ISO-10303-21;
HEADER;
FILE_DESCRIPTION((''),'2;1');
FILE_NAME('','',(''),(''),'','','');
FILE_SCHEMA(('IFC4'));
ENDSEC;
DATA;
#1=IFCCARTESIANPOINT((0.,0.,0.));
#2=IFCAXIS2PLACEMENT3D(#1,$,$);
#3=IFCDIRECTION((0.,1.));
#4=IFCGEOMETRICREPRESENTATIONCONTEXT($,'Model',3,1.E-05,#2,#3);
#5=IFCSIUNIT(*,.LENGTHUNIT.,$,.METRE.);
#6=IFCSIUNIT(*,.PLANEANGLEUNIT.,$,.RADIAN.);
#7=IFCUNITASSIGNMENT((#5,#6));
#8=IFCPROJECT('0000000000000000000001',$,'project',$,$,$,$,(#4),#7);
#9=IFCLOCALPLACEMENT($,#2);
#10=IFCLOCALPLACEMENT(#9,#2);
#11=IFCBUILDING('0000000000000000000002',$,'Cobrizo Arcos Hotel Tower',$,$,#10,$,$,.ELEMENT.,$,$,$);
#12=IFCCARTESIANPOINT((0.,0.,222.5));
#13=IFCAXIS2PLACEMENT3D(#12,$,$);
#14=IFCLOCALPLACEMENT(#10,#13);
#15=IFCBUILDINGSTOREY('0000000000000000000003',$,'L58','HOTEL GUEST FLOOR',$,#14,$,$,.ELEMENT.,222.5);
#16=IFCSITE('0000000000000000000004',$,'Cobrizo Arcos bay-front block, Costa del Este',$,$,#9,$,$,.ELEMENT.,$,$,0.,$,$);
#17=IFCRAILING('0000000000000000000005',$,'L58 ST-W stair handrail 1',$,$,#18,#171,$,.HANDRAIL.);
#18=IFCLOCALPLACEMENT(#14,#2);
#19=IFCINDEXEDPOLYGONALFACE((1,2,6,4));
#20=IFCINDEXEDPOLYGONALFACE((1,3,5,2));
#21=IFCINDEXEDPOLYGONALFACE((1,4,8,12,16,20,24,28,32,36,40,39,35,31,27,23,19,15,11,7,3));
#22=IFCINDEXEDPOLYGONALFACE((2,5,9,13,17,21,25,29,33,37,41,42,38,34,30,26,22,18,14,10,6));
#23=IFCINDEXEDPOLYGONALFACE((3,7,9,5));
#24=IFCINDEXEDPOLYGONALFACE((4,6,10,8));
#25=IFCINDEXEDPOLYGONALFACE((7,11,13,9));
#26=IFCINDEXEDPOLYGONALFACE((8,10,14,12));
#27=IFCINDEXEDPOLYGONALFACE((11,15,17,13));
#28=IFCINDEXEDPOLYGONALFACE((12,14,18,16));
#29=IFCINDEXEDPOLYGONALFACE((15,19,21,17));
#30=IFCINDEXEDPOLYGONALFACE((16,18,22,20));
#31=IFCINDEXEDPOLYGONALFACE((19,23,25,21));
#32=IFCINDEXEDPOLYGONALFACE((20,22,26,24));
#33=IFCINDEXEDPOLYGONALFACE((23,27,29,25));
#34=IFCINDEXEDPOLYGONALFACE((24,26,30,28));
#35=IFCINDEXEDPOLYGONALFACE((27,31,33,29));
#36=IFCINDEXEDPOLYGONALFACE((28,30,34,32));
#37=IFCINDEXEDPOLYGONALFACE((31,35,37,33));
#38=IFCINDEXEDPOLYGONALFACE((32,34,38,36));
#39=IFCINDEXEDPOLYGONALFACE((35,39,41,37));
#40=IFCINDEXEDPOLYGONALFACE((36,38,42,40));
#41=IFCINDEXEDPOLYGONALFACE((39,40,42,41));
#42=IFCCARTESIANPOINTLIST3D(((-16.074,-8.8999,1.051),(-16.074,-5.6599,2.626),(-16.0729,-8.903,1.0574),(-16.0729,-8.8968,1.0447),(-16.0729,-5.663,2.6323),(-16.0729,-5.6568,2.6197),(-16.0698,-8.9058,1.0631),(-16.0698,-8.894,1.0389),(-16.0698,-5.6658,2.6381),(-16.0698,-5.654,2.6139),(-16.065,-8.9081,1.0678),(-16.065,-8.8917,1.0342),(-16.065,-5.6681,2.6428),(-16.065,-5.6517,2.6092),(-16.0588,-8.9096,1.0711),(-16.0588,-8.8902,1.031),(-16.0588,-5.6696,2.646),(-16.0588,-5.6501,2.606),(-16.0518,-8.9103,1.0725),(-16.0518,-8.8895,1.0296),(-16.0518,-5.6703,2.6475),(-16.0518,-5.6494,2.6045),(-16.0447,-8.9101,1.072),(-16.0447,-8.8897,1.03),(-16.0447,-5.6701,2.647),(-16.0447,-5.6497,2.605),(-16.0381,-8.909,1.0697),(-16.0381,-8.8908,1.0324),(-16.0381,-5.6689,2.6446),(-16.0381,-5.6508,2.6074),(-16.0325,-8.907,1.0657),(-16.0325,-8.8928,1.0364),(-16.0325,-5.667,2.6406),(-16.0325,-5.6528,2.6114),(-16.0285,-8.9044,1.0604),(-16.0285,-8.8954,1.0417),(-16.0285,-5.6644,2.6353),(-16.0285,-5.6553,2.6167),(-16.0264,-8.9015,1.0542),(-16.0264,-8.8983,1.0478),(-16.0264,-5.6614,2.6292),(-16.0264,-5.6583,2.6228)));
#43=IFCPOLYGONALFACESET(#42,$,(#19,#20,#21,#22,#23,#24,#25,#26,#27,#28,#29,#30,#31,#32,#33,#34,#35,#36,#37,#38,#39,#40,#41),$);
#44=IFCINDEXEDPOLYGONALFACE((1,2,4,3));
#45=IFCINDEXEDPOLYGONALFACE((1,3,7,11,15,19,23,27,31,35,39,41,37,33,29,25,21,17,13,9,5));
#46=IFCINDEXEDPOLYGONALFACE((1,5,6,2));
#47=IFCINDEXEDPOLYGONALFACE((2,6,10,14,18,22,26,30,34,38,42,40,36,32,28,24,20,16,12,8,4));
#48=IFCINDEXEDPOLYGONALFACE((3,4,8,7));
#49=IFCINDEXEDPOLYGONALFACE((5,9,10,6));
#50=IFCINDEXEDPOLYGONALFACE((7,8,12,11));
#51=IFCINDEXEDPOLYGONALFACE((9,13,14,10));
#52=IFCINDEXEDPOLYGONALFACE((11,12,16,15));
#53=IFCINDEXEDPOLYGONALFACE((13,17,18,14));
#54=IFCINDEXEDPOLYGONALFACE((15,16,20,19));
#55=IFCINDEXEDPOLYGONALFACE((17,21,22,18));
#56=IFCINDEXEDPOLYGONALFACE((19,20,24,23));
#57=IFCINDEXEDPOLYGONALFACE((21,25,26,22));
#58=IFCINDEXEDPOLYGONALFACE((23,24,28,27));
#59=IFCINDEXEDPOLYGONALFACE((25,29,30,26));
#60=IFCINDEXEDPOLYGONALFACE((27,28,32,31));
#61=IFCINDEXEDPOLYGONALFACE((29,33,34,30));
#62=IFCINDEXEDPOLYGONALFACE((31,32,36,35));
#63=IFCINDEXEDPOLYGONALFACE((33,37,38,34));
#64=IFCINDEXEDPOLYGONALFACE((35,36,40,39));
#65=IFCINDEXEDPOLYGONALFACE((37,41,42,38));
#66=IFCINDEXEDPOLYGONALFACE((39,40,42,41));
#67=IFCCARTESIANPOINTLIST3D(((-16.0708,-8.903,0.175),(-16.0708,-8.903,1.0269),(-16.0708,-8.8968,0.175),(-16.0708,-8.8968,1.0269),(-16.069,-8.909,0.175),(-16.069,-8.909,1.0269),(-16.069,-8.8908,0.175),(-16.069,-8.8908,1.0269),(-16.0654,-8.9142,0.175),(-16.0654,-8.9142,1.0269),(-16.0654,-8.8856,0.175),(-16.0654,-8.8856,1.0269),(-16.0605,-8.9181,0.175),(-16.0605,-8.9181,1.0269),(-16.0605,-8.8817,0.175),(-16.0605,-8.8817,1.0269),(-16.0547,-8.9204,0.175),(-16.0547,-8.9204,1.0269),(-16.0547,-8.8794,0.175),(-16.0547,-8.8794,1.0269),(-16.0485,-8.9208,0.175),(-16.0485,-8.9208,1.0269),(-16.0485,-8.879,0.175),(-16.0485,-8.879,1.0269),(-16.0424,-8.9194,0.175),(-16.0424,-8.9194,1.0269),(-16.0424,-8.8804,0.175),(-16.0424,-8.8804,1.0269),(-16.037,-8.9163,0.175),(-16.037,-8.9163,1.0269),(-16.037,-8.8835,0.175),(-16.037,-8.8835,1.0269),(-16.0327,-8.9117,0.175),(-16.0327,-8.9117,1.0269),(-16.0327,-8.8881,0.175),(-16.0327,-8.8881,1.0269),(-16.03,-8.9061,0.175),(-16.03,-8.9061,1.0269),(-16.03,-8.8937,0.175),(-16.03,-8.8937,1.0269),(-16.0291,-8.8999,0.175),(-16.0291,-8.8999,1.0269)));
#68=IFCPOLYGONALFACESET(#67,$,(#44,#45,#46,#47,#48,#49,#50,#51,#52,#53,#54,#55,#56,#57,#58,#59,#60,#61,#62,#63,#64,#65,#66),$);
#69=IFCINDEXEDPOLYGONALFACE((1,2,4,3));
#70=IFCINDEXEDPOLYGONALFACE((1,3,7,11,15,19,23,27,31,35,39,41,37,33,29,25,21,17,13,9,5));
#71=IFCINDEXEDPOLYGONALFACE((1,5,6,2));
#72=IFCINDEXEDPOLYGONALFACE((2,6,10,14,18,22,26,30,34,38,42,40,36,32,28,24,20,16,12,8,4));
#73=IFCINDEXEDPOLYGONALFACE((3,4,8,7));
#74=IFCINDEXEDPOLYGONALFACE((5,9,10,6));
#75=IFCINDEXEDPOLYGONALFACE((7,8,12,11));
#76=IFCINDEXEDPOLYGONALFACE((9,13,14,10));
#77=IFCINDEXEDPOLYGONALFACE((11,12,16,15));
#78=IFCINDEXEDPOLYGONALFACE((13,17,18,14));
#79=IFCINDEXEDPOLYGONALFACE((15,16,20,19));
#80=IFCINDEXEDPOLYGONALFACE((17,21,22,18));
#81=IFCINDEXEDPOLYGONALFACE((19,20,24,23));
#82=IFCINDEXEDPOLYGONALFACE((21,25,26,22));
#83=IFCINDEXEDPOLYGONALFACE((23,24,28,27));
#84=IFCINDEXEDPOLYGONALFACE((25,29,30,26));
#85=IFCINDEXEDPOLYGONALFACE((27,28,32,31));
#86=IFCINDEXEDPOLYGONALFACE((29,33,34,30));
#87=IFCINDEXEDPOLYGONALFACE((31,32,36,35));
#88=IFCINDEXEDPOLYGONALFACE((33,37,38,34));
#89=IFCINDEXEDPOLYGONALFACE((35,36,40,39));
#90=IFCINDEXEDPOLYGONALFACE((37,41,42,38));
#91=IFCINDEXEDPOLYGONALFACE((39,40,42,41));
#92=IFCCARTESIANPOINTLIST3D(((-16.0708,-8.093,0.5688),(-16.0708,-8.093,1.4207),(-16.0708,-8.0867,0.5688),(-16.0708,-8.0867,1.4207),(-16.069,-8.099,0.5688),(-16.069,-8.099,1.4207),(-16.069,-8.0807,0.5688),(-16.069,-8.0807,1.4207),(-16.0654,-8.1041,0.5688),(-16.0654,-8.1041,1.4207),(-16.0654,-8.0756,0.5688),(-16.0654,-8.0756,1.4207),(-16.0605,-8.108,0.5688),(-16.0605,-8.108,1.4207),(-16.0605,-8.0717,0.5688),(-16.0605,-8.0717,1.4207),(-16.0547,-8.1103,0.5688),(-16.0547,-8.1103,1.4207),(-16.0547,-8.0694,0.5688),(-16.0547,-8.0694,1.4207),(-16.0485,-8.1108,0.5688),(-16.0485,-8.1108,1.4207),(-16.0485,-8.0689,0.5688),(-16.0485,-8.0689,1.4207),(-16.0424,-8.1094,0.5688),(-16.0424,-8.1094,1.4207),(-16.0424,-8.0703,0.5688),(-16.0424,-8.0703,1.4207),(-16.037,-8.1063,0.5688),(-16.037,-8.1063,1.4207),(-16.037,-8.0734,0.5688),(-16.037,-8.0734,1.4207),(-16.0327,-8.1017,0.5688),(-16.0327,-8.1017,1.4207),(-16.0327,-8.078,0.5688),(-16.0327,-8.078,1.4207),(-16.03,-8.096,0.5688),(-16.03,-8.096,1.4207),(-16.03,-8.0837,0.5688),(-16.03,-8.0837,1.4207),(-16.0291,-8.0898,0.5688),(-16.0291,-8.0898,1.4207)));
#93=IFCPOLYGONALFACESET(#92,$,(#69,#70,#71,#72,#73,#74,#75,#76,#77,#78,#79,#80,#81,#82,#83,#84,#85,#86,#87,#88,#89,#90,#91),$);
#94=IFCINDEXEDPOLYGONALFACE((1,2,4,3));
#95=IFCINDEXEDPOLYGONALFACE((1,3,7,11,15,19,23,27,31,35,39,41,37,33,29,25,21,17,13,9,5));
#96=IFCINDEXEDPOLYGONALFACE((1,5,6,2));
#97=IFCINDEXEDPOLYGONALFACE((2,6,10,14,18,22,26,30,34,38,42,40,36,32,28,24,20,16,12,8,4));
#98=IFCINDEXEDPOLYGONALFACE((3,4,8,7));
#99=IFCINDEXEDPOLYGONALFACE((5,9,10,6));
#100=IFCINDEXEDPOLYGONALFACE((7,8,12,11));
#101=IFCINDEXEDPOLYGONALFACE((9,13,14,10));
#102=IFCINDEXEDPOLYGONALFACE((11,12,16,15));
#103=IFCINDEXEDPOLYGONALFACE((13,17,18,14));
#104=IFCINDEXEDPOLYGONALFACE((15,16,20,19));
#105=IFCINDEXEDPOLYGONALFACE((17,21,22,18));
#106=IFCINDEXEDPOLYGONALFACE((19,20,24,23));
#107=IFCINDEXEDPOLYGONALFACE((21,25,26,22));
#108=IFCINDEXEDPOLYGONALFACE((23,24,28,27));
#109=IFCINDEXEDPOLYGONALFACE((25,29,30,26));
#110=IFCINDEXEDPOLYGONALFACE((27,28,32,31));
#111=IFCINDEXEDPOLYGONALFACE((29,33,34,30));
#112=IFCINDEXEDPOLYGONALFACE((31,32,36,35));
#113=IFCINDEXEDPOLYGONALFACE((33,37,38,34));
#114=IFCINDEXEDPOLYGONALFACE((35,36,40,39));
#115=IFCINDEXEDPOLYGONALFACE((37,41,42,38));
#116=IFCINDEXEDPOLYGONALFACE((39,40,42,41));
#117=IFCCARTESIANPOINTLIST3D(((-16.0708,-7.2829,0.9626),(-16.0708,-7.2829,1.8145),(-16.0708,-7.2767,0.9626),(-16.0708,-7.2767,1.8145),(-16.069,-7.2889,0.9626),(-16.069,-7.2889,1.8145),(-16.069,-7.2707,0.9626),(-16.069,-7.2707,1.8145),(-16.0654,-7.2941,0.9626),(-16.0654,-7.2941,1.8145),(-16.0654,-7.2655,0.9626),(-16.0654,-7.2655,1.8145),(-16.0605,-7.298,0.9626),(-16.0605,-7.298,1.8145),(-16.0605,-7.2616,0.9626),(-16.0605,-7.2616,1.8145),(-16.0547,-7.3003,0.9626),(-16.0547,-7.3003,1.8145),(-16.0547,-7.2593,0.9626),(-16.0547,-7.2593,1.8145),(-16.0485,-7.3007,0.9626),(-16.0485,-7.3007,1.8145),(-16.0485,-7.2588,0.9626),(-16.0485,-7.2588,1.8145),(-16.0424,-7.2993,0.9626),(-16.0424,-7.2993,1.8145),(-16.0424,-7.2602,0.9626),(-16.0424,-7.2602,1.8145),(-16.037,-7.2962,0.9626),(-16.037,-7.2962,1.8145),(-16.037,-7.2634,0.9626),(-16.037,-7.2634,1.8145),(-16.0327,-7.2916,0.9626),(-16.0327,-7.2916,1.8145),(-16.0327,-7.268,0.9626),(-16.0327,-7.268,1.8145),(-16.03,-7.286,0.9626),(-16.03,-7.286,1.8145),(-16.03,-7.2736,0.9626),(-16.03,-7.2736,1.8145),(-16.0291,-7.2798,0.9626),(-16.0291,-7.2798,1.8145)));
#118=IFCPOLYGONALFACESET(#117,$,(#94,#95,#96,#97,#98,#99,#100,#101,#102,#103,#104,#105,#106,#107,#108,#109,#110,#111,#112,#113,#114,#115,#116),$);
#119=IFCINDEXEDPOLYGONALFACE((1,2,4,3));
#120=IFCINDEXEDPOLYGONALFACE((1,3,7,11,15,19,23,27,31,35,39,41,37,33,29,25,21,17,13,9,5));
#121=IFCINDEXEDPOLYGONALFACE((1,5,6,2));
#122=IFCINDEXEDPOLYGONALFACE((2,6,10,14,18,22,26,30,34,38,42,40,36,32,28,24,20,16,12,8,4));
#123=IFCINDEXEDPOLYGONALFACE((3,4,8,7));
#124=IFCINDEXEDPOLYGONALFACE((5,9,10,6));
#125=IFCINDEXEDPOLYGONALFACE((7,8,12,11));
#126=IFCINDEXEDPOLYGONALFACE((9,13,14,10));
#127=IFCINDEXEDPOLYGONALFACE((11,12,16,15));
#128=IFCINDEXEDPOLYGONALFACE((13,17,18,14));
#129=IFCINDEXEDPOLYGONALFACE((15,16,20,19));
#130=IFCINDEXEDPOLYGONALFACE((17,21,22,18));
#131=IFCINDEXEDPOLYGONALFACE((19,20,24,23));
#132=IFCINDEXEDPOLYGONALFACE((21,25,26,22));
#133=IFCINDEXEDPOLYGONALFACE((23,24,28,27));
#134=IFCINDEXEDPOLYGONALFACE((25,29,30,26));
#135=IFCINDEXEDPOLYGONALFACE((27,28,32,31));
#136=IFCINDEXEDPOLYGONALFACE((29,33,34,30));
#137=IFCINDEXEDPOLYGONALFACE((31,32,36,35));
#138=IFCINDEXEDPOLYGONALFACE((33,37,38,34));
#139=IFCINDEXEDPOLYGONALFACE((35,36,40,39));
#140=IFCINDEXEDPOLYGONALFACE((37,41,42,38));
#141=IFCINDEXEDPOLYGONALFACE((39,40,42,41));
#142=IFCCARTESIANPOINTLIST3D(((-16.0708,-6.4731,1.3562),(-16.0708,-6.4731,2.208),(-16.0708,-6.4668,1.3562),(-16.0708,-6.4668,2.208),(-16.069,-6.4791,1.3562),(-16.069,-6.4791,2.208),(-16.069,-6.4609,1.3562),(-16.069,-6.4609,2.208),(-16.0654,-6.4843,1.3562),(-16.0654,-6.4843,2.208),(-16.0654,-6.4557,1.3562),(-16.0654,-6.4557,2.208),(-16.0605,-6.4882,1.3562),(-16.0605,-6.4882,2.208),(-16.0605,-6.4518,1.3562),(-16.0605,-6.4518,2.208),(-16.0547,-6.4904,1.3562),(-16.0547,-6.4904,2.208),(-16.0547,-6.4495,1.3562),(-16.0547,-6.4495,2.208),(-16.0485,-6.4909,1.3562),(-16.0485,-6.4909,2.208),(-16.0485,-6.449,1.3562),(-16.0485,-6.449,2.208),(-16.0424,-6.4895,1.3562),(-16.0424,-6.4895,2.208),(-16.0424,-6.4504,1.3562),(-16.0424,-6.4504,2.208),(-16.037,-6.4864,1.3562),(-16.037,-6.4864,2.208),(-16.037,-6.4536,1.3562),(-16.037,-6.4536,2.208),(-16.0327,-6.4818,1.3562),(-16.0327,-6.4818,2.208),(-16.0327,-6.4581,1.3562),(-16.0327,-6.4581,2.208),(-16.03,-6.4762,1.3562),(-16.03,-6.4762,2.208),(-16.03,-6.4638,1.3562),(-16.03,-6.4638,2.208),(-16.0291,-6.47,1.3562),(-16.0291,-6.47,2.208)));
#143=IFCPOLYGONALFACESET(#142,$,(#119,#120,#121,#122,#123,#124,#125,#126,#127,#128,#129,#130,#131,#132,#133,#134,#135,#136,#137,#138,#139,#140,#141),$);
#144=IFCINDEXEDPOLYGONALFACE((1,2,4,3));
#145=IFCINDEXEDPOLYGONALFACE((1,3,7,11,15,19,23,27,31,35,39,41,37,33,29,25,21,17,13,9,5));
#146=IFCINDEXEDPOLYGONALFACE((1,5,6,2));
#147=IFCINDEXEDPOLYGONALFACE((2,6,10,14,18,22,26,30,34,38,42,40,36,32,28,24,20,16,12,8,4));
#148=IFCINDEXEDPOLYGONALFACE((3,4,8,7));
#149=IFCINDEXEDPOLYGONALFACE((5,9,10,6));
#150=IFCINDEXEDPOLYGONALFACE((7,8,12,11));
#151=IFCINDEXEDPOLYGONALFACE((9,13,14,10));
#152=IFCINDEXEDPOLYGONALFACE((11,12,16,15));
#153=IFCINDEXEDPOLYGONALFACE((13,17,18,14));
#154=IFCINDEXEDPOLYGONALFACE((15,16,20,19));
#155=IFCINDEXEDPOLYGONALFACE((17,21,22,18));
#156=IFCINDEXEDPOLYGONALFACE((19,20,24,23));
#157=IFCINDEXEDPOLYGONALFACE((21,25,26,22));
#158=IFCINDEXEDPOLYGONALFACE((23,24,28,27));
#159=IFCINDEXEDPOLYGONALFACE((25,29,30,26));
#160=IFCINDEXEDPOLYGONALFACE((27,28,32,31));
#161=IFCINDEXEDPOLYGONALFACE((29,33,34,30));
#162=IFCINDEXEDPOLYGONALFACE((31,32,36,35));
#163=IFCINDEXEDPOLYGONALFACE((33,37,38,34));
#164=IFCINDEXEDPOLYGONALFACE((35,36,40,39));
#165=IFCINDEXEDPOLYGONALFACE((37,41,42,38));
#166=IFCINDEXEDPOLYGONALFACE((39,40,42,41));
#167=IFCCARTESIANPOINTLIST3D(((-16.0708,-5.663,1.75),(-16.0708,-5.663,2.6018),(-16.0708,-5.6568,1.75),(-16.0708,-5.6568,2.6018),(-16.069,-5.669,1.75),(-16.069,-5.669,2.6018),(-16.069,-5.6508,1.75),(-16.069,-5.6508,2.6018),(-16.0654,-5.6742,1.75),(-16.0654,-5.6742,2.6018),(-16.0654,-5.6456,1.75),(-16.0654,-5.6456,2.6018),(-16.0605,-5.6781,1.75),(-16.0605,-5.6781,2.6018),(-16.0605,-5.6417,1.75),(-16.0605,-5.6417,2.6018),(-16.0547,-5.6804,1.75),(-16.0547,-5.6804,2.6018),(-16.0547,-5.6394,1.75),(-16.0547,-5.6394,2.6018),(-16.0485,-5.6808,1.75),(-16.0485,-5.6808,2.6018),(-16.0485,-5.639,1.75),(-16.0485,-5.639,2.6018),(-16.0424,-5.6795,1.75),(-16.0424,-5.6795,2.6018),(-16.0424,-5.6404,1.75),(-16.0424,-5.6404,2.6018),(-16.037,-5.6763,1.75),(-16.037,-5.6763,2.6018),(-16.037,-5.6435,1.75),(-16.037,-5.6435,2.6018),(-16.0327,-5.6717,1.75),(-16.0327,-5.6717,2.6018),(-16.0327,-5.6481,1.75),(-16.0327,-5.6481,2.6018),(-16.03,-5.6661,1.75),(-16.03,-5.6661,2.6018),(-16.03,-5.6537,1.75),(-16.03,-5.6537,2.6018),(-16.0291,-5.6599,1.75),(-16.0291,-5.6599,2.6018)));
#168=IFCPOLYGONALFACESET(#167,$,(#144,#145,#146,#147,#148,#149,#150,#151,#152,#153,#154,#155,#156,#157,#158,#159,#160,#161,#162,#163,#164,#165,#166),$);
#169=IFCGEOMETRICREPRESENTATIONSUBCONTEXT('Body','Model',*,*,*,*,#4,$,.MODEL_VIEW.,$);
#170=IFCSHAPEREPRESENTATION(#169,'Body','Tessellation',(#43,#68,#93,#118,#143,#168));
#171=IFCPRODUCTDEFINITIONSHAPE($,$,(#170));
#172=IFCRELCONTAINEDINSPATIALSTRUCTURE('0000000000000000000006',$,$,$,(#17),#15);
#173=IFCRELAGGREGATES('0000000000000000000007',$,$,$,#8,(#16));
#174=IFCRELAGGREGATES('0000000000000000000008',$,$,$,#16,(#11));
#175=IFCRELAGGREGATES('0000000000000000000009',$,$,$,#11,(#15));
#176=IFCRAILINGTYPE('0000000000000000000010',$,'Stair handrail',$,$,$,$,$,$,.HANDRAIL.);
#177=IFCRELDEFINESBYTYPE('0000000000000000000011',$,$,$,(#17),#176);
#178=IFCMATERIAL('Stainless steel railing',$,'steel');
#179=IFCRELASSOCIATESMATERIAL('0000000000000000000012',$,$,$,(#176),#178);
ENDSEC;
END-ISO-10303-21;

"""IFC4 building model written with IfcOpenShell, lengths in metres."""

from ifc_helpers import new_model, si_unit, direction, frame, origin, origin_2d, place, context, subcontext, project, spatial, circle, extrude, material, type_object, element, save


model = new_model("IFC4")

# Units and contexts
model_context = context("Model", 3, precision=1e-05, world=origin(), true_north=direction((0.0, 1.0)))
body_context = subcontext(model_context, "Body", "Model", "MODEL_VIEW")
ifc_project = project(units=[si_unit("LENGTHUNIT", "METRE"), si_unit("PLANEANGLEUNIT", "RADIAN")], contexts=[model_context])

# Site, building, storey
site_placement = place(None, origin())
site = spatial("IfcSite", under=ifc_project, at=site_placement, Name="Cobrizo Arcos bay-front block, Costa del Este", CompositionType="ELEMENT", RefElevation=0.0)
building_placement = place(site_placement, origin())
building = spatial("IfcBuilding", under=site, at=building_placement, Name="Cobrizo Arcos Hotel Tower", CompositionType="ELEMENT")
storey_placement = place(building_placement, frame((0.0, 0.0, 222.5)))
storey = spatial("IfcBuildingStorey", under=building, at=storey_placement, Name="L58", Description="HOTEL GUEST FLOOR", CompositionType="ELEMENT", Elevation=222.5)

# Railing
ifc_material_1 = material(Name="Stainless steel railing", Category="steel")
railing_type_1 = type_object("IfcRailingType", Name="Stair handrail", PredefinedType="HANDRAIL", material=ifc_material_1)
railing_1_placement = place(storey_placement, frame((-16.05, -8.8999, 0.175)))
element("IfcRailing", 1, at=railing_1_placement, inside=storey, type_object=railing_type_1, Name="L58 ST-W stair handrail 1", PredefinedType="HANDRAIL", context=body_context, shape_type="SweptSolid", body=[
    extrude(circle(Radius=0.0239, at=origin_2d()), frame((0.0, 0.0, 0.876), z_axis=(0.0, 0.899373, 0.437183), x_axis=(-1.0, 0.0, 0.0)), (0.0, 0.0, 1.0), 3.6025),
    extrude(circle(Radius=0.021, at=origin_2d()), origin(), (0.0, 0.0, 1.0), 0.8518),
    extrude(circle(Radius=0.021, at=origin_2d()), frame((0.0, 0.8101, 0.3938)), (0.0, 0.0, 1.0), 0.8518),
    extrude(circle(Radius=0.021, at=origin_2d()), frame((0.0, 1.6201, 0.7876)), (0.0, 0.0, 1.0), 0.8518),
    extrude(circle(Radius=0.021, at=origin_2d()), frame((0.0, 2.4299, 1.1812)), (0.0, 0.0, 1.0), 0.8518),
    extrude(circle(Radius=0.021, at=origin_2d()), frame((0.0, 3.24, 1.575)), (0.0, 0.0, 1.0), 0.8518),
])

save(model, "model.ifc")
